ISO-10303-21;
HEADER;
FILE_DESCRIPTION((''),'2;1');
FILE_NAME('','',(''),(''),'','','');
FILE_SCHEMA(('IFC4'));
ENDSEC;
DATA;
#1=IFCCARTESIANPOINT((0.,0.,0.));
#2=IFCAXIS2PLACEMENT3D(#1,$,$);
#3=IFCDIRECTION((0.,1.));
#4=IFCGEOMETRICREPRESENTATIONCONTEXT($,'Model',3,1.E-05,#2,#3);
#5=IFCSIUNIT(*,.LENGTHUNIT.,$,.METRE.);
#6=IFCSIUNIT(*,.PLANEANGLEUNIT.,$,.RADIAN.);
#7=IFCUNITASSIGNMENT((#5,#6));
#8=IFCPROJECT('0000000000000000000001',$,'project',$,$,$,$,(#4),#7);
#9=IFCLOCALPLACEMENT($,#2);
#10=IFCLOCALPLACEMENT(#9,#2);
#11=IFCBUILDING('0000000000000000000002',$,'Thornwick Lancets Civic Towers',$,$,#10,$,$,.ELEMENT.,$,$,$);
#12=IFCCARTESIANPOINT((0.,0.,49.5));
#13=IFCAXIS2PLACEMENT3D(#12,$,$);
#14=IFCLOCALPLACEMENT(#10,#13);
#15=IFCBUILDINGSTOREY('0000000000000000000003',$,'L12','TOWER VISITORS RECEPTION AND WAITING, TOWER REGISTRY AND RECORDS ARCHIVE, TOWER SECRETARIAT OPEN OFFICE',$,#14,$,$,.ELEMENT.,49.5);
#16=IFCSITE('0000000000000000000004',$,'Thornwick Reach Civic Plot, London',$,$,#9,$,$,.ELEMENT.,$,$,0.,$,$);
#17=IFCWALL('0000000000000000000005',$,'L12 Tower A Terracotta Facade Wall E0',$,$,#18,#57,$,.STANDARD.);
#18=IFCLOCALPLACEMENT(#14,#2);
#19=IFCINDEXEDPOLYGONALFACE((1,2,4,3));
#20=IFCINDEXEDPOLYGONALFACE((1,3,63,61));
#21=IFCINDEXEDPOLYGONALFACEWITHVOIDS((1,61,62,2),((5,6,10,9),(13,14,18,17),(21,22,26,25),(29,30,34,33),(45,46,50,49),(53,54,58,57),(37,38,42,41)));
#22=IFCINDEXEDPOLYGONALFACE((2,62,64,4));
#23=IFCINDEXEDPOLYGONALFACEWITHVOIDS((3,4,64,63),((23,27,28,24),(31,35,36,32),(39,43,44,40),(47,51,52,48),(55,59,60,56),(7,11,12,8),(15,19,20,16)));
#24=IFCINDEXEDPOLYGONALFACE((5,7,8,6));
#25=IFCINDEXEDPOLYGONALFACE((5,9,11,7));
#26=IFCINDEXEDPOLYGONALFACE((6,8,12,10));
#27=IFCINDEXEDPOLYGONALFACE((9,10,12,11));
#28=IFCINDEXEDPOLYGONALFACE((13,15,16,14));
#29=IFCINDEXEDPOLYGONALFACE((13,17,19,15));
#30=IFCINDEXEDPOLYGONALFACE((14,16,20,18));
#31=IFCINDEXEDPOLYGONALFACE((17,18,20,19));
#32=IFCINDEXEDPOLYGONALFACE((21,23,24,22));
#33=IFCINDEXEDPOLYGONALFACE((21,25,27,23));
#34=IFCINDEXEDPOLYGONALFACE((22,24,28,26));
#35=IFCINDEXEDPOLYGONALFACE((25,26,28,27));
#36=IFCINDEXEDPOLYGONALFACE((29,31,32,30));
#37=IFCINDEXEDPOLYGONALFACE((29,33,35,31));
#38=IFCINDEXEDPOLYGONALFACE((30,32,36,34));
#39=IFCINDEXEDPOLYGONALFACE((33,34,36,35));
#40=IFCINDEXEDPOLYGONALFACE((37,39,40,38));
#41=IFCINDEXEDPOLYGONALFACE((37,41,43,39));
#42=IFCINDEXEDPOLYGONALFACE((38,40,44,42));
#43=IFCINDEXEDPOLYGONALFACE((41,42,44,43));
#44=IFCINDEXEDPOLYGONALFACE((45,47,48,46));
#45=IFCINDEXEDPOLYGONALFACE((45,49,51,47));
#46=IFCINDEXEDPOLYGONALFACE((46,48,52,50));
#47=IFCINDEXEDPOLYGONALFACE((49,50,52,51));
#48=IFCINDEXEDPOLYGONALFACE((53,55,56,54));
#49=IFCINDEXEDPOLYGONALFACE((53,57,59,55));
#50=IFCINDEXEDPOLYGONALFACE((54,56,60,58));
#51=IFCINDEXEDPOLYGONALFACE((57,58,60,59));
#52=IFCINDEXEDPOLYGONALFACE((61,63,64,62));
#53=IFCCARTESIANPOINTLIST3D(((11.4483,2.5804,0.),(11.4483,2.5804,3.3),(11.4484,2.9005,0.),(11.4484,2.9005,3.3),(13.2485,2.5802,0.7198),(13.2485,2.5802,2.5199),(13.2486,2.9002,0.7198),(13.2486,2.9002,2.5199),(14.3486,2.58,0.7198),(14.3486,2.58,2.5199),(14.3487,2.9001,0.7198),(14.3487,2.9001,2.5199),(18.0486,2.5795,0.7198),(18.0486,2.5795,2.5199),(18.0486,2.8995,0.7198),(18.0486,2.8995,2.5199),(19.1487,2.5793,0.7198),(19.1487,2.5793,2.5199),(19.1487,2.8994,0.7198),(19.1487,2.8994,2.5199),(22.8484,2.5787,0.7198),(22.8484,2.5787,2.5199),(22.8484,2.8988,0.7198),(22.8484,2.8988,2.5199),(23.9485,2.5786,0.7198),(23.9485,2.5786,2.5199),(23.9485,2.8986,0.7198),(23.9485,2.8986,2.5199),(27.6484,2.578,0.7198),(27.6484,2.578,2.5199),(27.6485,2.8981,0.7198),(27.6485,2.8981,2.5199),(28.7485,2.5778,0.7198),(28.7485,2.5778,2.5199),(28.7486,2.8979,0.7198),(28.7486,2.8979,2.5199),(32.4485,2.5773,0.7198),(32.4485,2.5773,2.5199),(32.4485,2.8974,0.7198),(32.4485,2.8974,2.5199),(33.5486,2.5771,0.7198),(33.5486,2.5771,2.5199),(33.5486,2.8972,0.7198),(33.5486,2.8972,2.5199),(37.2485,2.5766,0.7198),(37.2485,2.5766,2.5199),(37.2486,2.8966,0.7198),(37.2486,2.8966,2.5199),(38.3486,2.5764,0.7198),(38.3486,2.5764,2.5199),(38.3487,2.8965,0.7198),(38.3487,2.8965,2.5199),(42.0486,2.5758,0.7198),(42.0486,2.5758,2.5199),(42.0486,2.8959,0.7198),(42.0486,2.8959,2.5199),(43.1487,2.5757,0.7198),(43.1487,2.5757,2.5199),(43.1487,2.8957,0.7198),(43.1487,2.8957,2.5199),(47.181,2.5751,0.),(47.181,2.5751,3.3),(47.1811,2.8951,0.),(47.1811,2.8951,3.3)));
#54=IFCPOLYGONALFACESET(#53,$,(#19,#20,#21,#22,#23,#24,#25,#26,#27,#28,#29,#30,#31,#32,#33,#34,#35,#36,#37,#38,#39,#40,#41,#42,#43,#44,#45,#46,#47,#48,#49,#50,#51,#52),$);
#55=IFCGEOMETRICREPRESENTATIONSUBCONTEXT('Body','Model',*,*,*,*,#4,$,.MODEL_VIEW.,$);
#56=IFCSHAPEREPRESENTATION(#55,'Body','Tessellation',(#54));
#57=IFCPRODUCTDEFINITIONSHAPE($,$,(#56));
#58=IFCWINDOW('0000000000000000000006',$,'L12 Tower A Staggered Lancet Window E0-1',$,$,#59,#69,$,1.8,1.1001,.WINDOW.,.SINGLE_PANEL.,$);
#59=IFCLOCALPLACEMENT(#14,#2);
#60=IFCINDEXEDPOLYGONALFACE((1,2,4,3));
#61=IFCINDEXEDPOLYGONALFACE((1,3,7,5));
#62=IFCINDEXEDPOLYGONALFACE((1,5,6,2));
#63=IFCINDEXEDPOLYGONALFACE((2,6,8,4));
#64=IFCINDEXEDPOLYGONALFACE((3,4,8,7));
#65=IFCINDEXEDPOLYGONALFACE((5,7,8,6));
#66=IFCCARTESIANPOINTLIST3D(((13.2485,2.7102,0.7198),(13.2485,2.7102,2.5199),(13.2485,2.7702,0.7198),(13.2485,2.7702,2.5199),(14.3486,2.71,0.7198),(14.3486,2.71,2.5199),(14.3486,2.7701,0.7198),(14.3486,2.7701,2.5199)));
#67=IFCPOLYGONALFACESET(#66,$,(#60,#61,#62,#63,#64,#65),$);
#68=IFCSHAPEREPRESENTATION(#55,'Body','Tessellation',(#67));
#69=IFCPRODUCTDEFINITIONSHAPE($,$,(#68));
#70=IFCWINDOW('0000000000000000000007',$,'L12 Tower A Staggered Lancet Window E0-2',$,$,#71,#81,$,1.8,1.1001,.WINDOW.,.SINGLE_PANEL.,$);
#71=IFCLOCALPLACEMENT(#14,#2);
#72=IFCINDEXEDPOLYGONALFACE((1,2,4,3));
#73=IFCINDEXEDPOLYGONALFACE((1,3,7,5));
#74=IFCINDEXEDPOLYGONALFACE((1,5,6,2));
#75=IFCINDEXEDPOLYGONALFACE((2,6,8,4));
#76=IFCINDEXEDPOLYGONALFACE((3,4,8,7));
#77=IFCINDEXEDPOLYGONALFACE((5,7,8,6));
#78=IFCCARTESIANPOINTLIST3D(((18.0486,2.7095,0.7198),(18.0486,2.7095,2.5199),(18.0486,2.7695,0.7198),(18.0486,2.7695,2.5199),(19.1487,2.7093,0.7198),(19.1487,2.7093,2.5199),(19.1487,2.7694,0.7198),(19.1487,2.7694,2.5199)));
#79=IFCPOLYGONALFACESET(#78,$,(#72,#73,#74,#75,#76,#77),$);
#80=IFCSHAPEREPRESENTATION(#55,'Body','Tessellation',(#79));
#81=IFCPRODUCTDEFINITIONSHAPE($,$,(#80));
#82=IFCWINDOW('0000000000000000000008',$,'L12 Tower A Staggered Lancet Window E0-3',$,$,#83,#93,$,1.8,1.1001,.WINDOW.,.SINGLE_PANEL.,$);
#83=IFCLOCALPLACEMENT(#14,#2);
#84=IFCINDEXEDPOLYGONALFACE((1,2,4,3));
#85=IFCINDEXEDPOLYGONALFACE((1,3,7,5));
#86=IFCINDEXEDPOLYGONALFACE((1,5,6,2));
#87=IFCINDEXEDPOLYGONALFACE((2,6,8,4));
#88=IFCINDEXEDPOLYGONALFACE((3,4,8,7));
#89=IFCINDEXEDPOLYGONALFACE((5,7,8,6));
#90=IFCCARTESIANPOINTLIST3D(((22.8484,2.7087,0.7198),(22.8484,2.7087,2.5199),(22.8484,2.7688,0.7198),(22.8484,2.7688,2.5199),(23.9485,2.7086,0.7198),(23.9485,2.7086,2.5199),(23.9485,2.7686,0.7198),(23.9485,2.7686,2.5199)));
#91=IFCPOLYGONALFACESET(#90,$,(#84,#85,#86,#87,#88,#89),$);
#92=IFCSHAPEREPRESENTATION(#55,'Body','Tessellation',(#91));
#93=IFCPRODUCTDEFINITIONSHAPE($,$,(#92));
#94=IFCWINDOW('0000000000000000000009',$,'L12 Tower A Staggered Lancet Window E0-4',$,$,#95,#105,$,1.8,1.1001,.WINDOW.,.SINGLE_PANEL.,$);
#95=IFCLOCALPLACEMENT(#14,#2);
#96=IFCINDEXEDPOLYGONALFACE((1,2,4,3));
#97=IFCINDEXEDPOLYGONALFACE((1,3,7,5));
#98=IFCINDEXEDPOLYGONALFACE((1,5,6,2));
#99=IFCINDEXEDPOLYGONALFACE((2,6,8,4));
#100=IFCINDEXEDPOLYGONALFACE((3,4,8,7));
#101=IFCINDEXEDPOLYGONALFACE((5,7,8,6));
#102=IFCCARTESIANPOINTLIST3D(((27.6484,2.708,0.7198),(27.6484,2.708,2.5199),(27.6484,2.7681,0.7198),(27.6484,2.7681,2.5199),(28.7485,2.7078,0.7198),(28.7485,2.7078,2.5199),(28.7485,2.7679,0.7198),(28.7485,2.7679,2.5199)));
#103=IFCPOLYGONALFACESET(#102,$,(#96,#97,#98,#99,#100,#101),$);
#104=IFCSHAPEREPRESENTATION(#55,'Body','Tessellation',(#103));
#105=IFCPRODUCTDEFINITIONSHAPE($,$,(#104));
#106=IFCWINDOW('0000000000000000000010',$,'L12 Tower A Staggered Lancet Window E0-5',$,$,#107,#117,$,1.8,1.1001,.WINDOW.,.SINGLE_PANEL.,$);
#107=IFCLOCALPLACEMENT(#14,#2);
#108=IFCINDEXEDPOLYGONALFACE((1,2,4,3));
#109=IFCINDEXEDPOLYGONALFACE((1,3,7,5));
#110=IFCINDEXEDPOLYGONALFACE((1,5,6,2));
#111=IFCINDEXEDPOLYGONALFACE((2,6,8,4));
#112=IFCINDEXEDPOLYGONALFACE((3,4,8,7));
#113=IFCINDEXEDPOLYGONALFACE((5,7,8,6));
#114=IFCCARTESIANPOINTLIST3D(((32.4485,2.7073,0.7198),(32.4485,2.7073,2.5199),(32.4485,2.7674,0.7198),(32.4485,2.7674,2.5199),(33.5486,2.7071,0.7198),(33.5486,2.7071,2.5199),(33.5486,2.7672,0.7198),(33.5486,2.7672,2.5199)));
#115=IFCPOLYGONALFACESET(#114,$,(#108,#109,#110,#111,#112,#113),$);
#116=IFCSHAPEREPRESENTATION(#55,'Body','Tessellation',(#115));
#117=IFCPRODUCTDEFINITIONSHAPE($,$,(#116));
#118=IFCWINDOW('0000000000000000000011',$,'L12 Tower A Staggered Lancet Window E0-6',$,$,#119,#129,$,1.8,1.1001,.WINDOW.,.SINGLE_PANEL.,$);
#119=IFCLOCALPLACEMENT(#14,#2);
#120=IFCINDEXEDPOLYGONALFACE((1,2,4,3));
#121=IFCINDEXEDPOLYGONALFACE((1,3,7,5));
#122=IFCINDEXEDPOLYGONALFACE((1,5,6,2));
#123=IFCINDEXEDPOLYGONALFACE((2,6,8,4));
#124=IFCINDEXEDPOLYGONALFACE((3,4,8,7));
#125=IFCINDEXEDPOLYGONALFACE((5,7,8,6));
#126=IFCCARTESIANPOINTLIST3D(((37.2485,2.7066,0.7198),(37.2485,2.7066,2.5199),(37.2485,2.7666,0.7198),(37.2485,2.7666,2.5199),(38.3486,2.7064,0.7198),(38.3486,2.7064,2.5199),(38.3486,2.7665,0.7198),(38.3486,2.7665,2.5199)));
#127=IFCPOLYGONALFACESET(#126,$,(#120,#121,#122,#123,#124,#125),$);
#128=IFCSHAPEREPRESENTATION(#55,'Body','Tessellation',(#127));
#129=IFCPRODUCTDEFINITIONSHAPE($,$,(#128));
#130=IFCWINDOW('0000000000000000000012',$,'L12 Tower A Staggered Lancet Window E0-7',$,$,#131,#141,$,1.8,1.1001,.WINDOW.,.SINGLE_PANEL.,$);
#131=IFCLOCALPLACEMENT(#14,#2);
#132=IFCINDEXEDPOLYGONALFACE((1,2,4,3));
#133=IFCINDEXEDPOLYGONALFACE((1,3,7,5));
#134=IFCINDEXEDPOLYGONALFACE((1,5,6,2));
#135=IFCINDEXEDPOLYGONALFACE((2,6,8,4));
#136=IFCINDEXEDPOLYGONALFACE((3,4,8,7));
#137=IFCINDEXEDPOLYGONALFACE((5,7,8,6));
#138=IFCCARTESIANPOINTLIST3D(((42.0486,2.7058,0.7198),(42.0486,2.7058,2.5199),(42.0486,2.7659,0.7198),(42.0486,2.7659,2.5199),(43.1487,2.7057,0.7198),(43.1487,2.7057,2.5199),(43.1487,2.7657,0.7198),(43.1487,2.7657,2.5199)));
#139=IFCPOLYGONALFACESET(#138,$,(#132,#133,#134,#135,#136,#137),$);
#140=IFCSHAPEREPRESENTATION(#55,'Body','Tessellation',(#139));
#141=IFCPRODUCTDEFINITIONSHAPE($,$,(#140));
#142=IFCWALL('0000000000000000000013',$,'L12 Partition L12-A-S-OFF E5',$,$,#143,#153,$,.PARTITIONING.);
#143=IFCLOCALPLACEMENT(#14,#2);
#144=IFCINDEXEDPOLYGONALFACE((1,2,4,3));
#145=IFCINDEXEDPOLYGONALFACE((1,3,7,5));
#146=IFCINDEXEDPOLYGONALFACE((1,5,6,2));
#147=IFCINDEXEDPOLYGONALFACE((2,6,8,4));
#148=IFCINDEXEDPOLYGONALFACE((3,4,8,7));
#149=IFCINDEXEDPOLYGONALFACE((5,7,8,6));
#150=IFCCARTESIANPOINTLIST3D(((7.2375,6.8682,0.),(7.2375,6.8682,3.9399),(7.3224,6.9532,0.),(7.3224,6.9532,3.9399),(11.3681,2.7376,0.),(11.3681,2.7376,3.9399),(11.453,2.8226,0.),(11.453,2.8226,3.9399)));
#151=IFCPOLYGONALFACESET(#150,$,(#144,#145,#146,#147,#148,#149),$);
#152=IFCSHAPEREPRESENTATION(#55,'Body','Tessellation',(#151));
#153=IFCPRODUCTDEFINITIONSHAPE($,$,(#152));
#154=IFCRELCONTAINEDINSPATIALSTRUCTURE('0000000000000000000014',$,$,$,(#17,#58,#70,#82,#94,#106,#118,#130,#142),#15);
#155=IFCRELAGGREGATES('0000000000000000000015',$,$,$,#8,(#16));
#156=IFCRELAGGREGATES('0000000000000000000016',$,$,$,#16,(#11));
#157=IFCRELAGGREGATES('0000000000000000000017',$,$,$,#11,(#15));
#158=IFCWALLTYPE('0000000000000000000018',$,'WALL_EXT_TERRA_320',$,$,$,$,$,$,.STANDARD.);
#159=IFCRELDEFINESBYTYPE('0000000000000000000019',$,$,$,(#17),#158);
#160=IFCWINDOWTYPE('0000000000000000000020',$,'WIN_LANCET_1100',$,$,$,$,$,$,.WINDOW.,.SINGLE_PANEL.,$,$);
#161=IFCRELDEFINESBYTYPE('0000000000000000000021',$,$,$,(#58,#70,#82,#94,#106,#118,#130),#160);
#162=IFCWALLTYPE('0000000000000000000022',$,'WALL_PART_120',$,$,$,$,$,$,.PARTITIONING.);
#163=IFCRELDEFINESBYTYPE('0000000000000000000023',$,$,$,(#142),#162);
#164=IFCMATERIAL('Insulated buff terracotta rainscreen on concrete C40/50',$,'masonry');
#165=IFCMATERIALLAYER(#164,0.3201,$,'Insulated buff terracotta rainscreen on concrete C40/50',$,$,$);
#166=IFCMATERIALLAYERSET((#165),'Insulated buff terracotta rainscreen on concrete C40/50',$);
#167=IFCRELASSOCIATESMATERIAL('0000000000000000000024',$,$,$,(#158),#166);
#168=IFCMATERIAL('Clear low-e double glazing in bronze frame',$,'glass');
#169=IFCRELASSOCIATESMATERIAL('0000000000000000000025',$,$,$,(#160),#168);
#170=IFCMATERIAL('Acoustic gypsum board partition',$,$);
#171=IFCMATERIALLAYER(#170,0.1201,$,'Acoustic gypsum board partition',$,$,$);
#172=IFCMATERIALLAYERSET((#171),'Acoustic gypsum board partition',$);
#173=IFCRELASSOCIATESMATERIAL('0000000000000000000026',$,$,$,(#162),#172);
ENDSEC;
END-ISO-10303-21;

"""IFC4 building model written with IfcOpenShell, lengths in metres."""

from ifc_helpers import new_model, si_unit, direction, frame, frame_2d, origin, place, context, subcontext, project, spatial, rectangle, extrude, material, layer, layer_set, type_object, element, fill, save


model = new_model("IFC4")

# Units and contexts
model_context = context("Model", 3, precision=1e-05, world=origin(), true_north=direction((0.0, 1.0)))
body_context = subcontext(model_context, "Body", "Model", "MODEL_VIEW")
ifc_project = project(units=[si_unit("LENGTHUNIT", "METRE"), si_unit("PLANEANGLEUNIT", "RADIAN")], contexts=[model_context])

# Site, building, storey
site_placement = place(None, origin())
site = spatial("IfcSite", under=ifc_project, at=site_placement, Name="Thornwick Reach Civic Plot, London", CompositionType="ELEMENT", RefElevation=0.0)
building_placement = place(site_placement, origin())
building = spatial("IfcBuilding", under=site, at=building_placement, Name="Thornwick Lancets Civic Towers", CompositionType="ELEMENT")
storey_placement = place(building_placement, frame((0.0, 0.0, 49.5)))
storey = spatial("IfcBuildingStorey", under=building, at=storey_placement, Name="L12", Description="TOWER VISITORS RECEPTION AND WAITING, TOWER REGISTRY AND RECORDS ARCHIVE, TOWER SECRETARIAT OPEN OFFICE", CompositionType="ELEMENT", Elevation=49.5)

# Wall, openings, windows
ifc_material_1 = material(Name="Insulated buff terracotta rainscreen on concrete C40/50", Category="masonry")
ifc_layer_1 = layer(ifc_material_1, 0.3201, Name="Insulated buff terracotta rainscreen on concrete C40/50")
ifc_layer_set_1 = layer_set([ifc_layer_1], Name="Insulated buff terracotta rainscreen on concrete C40/50")
wall_type_1 = type_object("IfcWallType", Name="WALL_EXT_TERRA_320", PredefinedType="STANDARD", material=ifc_layer_set_1)
wall_1_placement = place(storey_placement, frame((11.4485, 2.7405, 0.0), z_axis=(0.0, 0.0, 1.0), x_axis=(1.0, -0.00015, 0.0)))
wall_1 = element("IfcWall", 1, at=wall_1_placement, inside=storey, type_object=wall_type_1, Name="L12 Tower A Terracotta Facade Wall E0", PredefinedType="STANDARD", context=body_context, shape_type="SweptSolid", body=[
    extrude(rectangle(XDim=35.7327, YDim=0.3201, at=frame_2d((17.8662, 0.0))), origin(), (0.0, 0.0, 1.0), 3.3),
])
opening_1_placement = place(wall_1_placement, frame((1.8, 0.0, 0.72)))
opening_1 = element("IfcOpeningElement", 2, at=opening_1_placement, cuts=wall_1, PredefinedType="OPENING", context=body_context, shape_type="SweptSolid", body=[
    extrude(rectangle(XDim=1.1001, YDim=1.8, at=frame_2d((0.55, 0.8999))), frame((0.0, 0.1699, 0.0), z_axis=(0.0, -1.0, 0.0), x_axis=(1.0, 0.0, 0.0)), (0.0, 0.0, 1.0), 0.3401),
])
opening_2_placement = place(wall_1_placement, frame((6.6001, 0.0, 0.72)))
opening_2 = element("IfcOpeningElement", 3, at=opening_2_placement, cuts=wall_1, PredefinedType="OPENING", context=body_context, shape_type="SweptSolid", body=[
    extrude(rectangle(XDim=1.1001, YDim=1.8, at=frame_2d((0.55, 0.8999))), frame((0.0, 0.1699, 0.0), z_axis=(0.0, -1.0, 0.0), x_axis=(1.0, 0.0, 0.0)), (0.0, 0.0, 1.0), 0.3401),
])
opening_3_placement = place(wall_1_placement, frame((11.3999, 0.0, 0.72)))
opening_3 = element("IfcOpeningElement", 4, at=opening_3_placement, cuts=wall_1, PredefinedType="OPENING", context=body_context, shape_type="SweptSolid", body=[
    extrude(rectangle(XDim=1.1001, YDim=1.8, at=frame_2d((0.55, 0.8999))), frame((0.0, 0.1699, 0.0), z_axis=(0.0, -1.0, 0.0), x_axis=(1.0, 0.0, 0.0)), (0.0, 0.0, 1.0), 0.3401),
])
opening_4_placement = place(wall_1_placement, frame((16.2, 0.0, 0.72)))
opening_4 = element("IfcOpeningElement", 5, at=opening_4_placement, cuts=wall_1, PredefinedType="OPENING", context=body_context, shape_type="SweptSolid", body=[
    extrude(rectangle(XDim=1.1001, YDim=1.8, at=frame_2d((0.55, 0.8999))), frame((0.0, 0.1699, 0.0), z_axis=(0.0, -1.0, 0.0), x_axis=(1.0, 0.0, 0.0)), (0.0, 0.0, 1.0), 0.3401),
])
opening_5_placement = place(wall_1_placement, frame((21.0, 0.0, 0.72)))
opening_5 = element("IfcOpeningElement", 6, at=opening_5_placement, cuts=wall_1, PredefinedType="OPENING", context=body_context, shape_type="SweptSolid", body=[
    extrude(rectangle(XDim=1.1001, YDim=1.8, at=frame_2d((0.55, 0.8999))), frame((0.0, 0.1699, 0.0), z_axis=(0.0, -1.0, 0.0), x_axis=(1.0, 0.0, 0.0)), (0.0, 0.0, 1.0), 0.3401),
])
opening_6_placement = place(wall_1_placement, frame((25.8, 0.0, 0.72)))
opening_6 = element("IfcOpeningElement", 7, at=opening_6_placement, cuts=wall_1, PredefinedType="OPENING", context=body_context, shape_type="SweptSolid", body=[
    extrude(rectangle(XDim=1.1001, YDim=1.8, at=frame_2d((0.55, 0.8999))), frame((0.0, 0.1699, 0.0), z_axis=(0.0, -1.0, 0.0), x_axis=(1.0, 0.0, 0.0)), (0.0, 0.0, 1.0), 0.3401),
])
opening_7_placement = place(wall_1_placement, frame((30.6001, 0.0, 0.72)))
opening_7 = element("IfcOpeningElement", 8, at=opening_7_placement, cuts=wall_1, PredefinedType="OPENING", context=body_context, shape_type="SweptSolid", body=[
    extrude(rectangle(XDim=1.1001, YDim=1.8, at=frame_2d((0.55, 0.8999))), frame((0.0, 0.1699, 0.0), z_axis=(0.0, -1.0, 0.0), x_axis=(1.0, 0.0, 0.0)), (0.0, 0.0, 1.0), 0.3401),
])
ifc_material_2 = material(Name="Clear low-e double glazing in bronze frame", Category="glass")
window_type = type_object("IfcWindowType", Name="WIN_LANCET_1100", PartitioningType="SINGLE_PANEL", PredefinedType="WINDOW", material=ifc_material_2)
window_1_placement = place(opening_1_placement, origin())
window_1 = element("IfcWindow", 9, at=window_1_placement, inside=storey, type_object=window_type, Name="L12 Tower A Staggered Lancet Window E0-1", OverallHeight=1.8, OverallWidth=1.1001, PartitioningType="SINGLE_PANEL", PredefinedType="WINDOW", context=body_context, shape_type="SweptSolid", body=[
    extrude(rectangle(XDim=1.1001, YDim=1.8, at=frame_2d((0.55, 0.8999))), frame((0.0, 0.03, 0.0), z_axis=(0.0, -1.0, 0.0), x_axis=(1.0, 0.0, 0.0)), (0.0, 0.0, 1.0), 0.0601),
])
fill(opening_1, window_1)
window_2_placement = place(opening_2_placement, origin())
window_2 = element("IfcWindow", 10, at=window_2_placement, inside=storey, type_object=window_type, Name="L12 Tower A Staggered Lancet Window E0-2", OverallHeight=1.8, OverallWidth=1.1001, PartitioningType="SINGLE_PANEL", PredefinedType="WINDOW", context=body_context, shape_type="SweptSolid", body=[
    extrude(rectangle(XDim=1.1001, YDim=1.8, at=frame_2d((0.55, 0.8999))), frame((0.0, 0.03, 0.0), z_axis=(0.0, -1.0, 0.0), x_axis=(1.0, 0.0, 0.0)), (0.0, 0.0, 1.0), 0.0601),
])
fill(opening_2, window_2)
window_3_placement = place(opening_3_placement, origin())
window_3 = element("IfcWindow", 11, at=window_3_placement, inside=storey, type_object=window_type, Name="L12 Tower A Staggered Lancet Window E0-3", OverallHeight=1.8, OverallWidth=1.1001, PartitioningType="SINGLE_PANEL", PredefinedType="WINDOW", context=body_context, shape_type="SweptSolid", body=[
    extrude(rectangle(XDim=1.1001, YDim=1.8, at=frame_2d((0.55, 0.8999))), frame((0.0, 0.03, 0.0), z_axis=(0.0, -1.0, 0.0), x_axis=(1.0, 0.0, 0.0)), (0.0, 0.0, 1.0), 0.0601),
])
fill(opening_3, window_3)
window_4_placement = place(opening_4_placement, origin())
window_4 = element("IfcWindow", 12, at=window_4_placement, inside=storey, type_object=window_type, Name="L12 Tower A Staggered Lancet Window E0-4", OverallHeight=1.8, OverallWidth=1.1001, PartitioningType="SINGLE_PANEL", PredefinedType="WINDOW", context=body_context, shape_type="SweptSolid", body=[
    extrude(rectangle(XDim=1.1001, YDim=1.8, at=frame_2d((0.55, 0.8999))), frame((0.0, 0.03, 0.0), z_axis=(0.0, -1.0, 0.0), x_axis=(1.0, 0.0, 0.0)), (0.0, 0.0, 1.0), 0.0601),
])
fill(opening_4, window_4)
window_5_placement = place(opening_5_placement, origin())
window_5 = element("IfcWindow", 13, at=window_5_placement, inside=storey, type_object=window_type, Name="L12 Tower A Staggered Lancet Window E0-5", OverallHeight=1.8, OverallWidth=1.1001, PartitioningType="SINGLE_PANEL", PredefinedType="WINDOW", context=body_context, shape_type="SweptSolid", body=[
    extrude(rectangle(XDim=1.1001, YDim=1.8, at=frame_2d((0.55, 0.8999))), frame((0.0, 0.03, 0.0), z_axis=(0.0, -1.0, 0.0), x_axis=(1.0, 0.0, 0.0)), (0.0, 0.0, 1.0), 0.0601),
])
fill(opening_5, window_5)
window_6_placement = place(opening_6_placement, origin())
window_6 = element("IfcWindow", 14, at=window_6_placement, inside=storey, type_object=window_type, Name="L12 Tower A Staggered Lancet Window E0-6", OverallHeight=1.8, OverallWidth=1.1001, PartitioningType="SINGLE_PANEL", PredefinedType="WINDOW", context=body_context, shape_type="SweptSolid", body=[
    extrude(rectangle(XDim=1.1001, YDim=1.8, at=frame_2d((0.55, 0.8999))), frame((0.0, 0.03, 0.0), z_axis=(0.0, -1.0, 0.0), x_axis=(1.0, 0.0, 0.0)), (0.0, 0.0, 1.0), 0.0601),
])
fill(opening_6, window_6)
window_7_placement = place(opening_7_placement, origin())
window_7 = element("IfcWindow", 15, at=window_7_placement, inside=storey, type_object=window_type, Name="L12 Tower A Staggered Lancet Window E0-7", OverallHeight=1.8, OverallWidth=1.1001, PartitioningType="SINGLE_PANEL", PredefinedType="WINDOW", context=body_context, shape_type="SweptSolid", body=[
    extrude(rectangle(XDim=1.1001, YDim=1.8, at=frame_2d((0.55, 0.8999))), frame((0.0, 0.03, 0.0), z_axis=(0.0, -1.0, 0.0), x_axis=(1.0, 0.0, 0.0)), (0.0, 0.0, 1.0), 0.0601),
])
fill(opening_7, window_7)

# Wall
ifc_material_3 = material(Name="Acoustic gypsum board partition")
ifc_layer_2 = layer(ifc_material_3, 0.1201, Name="Acoustic gypsum board partition")
ifc_layer_set_2 = layer_set([ifc_layer_2], Name="Acoustic gypsum board partition")
wall_type_2 = type_object("IfcWallType", Name="WALL_PART_120", PredefinedType="PARTITIONING", material=ifc_layer_set_2)
wall_2_placement = place(storey_placement, frame((11.4106, 2.78, 0.0), z_axis=(0.0, 0.0, 1.0), x_axis=(-0.707107, 0.707107, 0.0)))
element("IfcWall", 16, at=wall_2_placement, inside=storey, type_object=wall_type_2, Name="L12 Partition L12-A-S-OFF E5", PredefinedType="PARTITIONING", context=body_context, shape_type="SweptSolid", body=[
    extrude(rectangle(XDim=5.8416, YDim=0.1201, at=frame_2d((2.9209, 0.0))), origin(), (0.0, 0.0, 1.0), 3.9399),
])

save(model, "model.ifc")
